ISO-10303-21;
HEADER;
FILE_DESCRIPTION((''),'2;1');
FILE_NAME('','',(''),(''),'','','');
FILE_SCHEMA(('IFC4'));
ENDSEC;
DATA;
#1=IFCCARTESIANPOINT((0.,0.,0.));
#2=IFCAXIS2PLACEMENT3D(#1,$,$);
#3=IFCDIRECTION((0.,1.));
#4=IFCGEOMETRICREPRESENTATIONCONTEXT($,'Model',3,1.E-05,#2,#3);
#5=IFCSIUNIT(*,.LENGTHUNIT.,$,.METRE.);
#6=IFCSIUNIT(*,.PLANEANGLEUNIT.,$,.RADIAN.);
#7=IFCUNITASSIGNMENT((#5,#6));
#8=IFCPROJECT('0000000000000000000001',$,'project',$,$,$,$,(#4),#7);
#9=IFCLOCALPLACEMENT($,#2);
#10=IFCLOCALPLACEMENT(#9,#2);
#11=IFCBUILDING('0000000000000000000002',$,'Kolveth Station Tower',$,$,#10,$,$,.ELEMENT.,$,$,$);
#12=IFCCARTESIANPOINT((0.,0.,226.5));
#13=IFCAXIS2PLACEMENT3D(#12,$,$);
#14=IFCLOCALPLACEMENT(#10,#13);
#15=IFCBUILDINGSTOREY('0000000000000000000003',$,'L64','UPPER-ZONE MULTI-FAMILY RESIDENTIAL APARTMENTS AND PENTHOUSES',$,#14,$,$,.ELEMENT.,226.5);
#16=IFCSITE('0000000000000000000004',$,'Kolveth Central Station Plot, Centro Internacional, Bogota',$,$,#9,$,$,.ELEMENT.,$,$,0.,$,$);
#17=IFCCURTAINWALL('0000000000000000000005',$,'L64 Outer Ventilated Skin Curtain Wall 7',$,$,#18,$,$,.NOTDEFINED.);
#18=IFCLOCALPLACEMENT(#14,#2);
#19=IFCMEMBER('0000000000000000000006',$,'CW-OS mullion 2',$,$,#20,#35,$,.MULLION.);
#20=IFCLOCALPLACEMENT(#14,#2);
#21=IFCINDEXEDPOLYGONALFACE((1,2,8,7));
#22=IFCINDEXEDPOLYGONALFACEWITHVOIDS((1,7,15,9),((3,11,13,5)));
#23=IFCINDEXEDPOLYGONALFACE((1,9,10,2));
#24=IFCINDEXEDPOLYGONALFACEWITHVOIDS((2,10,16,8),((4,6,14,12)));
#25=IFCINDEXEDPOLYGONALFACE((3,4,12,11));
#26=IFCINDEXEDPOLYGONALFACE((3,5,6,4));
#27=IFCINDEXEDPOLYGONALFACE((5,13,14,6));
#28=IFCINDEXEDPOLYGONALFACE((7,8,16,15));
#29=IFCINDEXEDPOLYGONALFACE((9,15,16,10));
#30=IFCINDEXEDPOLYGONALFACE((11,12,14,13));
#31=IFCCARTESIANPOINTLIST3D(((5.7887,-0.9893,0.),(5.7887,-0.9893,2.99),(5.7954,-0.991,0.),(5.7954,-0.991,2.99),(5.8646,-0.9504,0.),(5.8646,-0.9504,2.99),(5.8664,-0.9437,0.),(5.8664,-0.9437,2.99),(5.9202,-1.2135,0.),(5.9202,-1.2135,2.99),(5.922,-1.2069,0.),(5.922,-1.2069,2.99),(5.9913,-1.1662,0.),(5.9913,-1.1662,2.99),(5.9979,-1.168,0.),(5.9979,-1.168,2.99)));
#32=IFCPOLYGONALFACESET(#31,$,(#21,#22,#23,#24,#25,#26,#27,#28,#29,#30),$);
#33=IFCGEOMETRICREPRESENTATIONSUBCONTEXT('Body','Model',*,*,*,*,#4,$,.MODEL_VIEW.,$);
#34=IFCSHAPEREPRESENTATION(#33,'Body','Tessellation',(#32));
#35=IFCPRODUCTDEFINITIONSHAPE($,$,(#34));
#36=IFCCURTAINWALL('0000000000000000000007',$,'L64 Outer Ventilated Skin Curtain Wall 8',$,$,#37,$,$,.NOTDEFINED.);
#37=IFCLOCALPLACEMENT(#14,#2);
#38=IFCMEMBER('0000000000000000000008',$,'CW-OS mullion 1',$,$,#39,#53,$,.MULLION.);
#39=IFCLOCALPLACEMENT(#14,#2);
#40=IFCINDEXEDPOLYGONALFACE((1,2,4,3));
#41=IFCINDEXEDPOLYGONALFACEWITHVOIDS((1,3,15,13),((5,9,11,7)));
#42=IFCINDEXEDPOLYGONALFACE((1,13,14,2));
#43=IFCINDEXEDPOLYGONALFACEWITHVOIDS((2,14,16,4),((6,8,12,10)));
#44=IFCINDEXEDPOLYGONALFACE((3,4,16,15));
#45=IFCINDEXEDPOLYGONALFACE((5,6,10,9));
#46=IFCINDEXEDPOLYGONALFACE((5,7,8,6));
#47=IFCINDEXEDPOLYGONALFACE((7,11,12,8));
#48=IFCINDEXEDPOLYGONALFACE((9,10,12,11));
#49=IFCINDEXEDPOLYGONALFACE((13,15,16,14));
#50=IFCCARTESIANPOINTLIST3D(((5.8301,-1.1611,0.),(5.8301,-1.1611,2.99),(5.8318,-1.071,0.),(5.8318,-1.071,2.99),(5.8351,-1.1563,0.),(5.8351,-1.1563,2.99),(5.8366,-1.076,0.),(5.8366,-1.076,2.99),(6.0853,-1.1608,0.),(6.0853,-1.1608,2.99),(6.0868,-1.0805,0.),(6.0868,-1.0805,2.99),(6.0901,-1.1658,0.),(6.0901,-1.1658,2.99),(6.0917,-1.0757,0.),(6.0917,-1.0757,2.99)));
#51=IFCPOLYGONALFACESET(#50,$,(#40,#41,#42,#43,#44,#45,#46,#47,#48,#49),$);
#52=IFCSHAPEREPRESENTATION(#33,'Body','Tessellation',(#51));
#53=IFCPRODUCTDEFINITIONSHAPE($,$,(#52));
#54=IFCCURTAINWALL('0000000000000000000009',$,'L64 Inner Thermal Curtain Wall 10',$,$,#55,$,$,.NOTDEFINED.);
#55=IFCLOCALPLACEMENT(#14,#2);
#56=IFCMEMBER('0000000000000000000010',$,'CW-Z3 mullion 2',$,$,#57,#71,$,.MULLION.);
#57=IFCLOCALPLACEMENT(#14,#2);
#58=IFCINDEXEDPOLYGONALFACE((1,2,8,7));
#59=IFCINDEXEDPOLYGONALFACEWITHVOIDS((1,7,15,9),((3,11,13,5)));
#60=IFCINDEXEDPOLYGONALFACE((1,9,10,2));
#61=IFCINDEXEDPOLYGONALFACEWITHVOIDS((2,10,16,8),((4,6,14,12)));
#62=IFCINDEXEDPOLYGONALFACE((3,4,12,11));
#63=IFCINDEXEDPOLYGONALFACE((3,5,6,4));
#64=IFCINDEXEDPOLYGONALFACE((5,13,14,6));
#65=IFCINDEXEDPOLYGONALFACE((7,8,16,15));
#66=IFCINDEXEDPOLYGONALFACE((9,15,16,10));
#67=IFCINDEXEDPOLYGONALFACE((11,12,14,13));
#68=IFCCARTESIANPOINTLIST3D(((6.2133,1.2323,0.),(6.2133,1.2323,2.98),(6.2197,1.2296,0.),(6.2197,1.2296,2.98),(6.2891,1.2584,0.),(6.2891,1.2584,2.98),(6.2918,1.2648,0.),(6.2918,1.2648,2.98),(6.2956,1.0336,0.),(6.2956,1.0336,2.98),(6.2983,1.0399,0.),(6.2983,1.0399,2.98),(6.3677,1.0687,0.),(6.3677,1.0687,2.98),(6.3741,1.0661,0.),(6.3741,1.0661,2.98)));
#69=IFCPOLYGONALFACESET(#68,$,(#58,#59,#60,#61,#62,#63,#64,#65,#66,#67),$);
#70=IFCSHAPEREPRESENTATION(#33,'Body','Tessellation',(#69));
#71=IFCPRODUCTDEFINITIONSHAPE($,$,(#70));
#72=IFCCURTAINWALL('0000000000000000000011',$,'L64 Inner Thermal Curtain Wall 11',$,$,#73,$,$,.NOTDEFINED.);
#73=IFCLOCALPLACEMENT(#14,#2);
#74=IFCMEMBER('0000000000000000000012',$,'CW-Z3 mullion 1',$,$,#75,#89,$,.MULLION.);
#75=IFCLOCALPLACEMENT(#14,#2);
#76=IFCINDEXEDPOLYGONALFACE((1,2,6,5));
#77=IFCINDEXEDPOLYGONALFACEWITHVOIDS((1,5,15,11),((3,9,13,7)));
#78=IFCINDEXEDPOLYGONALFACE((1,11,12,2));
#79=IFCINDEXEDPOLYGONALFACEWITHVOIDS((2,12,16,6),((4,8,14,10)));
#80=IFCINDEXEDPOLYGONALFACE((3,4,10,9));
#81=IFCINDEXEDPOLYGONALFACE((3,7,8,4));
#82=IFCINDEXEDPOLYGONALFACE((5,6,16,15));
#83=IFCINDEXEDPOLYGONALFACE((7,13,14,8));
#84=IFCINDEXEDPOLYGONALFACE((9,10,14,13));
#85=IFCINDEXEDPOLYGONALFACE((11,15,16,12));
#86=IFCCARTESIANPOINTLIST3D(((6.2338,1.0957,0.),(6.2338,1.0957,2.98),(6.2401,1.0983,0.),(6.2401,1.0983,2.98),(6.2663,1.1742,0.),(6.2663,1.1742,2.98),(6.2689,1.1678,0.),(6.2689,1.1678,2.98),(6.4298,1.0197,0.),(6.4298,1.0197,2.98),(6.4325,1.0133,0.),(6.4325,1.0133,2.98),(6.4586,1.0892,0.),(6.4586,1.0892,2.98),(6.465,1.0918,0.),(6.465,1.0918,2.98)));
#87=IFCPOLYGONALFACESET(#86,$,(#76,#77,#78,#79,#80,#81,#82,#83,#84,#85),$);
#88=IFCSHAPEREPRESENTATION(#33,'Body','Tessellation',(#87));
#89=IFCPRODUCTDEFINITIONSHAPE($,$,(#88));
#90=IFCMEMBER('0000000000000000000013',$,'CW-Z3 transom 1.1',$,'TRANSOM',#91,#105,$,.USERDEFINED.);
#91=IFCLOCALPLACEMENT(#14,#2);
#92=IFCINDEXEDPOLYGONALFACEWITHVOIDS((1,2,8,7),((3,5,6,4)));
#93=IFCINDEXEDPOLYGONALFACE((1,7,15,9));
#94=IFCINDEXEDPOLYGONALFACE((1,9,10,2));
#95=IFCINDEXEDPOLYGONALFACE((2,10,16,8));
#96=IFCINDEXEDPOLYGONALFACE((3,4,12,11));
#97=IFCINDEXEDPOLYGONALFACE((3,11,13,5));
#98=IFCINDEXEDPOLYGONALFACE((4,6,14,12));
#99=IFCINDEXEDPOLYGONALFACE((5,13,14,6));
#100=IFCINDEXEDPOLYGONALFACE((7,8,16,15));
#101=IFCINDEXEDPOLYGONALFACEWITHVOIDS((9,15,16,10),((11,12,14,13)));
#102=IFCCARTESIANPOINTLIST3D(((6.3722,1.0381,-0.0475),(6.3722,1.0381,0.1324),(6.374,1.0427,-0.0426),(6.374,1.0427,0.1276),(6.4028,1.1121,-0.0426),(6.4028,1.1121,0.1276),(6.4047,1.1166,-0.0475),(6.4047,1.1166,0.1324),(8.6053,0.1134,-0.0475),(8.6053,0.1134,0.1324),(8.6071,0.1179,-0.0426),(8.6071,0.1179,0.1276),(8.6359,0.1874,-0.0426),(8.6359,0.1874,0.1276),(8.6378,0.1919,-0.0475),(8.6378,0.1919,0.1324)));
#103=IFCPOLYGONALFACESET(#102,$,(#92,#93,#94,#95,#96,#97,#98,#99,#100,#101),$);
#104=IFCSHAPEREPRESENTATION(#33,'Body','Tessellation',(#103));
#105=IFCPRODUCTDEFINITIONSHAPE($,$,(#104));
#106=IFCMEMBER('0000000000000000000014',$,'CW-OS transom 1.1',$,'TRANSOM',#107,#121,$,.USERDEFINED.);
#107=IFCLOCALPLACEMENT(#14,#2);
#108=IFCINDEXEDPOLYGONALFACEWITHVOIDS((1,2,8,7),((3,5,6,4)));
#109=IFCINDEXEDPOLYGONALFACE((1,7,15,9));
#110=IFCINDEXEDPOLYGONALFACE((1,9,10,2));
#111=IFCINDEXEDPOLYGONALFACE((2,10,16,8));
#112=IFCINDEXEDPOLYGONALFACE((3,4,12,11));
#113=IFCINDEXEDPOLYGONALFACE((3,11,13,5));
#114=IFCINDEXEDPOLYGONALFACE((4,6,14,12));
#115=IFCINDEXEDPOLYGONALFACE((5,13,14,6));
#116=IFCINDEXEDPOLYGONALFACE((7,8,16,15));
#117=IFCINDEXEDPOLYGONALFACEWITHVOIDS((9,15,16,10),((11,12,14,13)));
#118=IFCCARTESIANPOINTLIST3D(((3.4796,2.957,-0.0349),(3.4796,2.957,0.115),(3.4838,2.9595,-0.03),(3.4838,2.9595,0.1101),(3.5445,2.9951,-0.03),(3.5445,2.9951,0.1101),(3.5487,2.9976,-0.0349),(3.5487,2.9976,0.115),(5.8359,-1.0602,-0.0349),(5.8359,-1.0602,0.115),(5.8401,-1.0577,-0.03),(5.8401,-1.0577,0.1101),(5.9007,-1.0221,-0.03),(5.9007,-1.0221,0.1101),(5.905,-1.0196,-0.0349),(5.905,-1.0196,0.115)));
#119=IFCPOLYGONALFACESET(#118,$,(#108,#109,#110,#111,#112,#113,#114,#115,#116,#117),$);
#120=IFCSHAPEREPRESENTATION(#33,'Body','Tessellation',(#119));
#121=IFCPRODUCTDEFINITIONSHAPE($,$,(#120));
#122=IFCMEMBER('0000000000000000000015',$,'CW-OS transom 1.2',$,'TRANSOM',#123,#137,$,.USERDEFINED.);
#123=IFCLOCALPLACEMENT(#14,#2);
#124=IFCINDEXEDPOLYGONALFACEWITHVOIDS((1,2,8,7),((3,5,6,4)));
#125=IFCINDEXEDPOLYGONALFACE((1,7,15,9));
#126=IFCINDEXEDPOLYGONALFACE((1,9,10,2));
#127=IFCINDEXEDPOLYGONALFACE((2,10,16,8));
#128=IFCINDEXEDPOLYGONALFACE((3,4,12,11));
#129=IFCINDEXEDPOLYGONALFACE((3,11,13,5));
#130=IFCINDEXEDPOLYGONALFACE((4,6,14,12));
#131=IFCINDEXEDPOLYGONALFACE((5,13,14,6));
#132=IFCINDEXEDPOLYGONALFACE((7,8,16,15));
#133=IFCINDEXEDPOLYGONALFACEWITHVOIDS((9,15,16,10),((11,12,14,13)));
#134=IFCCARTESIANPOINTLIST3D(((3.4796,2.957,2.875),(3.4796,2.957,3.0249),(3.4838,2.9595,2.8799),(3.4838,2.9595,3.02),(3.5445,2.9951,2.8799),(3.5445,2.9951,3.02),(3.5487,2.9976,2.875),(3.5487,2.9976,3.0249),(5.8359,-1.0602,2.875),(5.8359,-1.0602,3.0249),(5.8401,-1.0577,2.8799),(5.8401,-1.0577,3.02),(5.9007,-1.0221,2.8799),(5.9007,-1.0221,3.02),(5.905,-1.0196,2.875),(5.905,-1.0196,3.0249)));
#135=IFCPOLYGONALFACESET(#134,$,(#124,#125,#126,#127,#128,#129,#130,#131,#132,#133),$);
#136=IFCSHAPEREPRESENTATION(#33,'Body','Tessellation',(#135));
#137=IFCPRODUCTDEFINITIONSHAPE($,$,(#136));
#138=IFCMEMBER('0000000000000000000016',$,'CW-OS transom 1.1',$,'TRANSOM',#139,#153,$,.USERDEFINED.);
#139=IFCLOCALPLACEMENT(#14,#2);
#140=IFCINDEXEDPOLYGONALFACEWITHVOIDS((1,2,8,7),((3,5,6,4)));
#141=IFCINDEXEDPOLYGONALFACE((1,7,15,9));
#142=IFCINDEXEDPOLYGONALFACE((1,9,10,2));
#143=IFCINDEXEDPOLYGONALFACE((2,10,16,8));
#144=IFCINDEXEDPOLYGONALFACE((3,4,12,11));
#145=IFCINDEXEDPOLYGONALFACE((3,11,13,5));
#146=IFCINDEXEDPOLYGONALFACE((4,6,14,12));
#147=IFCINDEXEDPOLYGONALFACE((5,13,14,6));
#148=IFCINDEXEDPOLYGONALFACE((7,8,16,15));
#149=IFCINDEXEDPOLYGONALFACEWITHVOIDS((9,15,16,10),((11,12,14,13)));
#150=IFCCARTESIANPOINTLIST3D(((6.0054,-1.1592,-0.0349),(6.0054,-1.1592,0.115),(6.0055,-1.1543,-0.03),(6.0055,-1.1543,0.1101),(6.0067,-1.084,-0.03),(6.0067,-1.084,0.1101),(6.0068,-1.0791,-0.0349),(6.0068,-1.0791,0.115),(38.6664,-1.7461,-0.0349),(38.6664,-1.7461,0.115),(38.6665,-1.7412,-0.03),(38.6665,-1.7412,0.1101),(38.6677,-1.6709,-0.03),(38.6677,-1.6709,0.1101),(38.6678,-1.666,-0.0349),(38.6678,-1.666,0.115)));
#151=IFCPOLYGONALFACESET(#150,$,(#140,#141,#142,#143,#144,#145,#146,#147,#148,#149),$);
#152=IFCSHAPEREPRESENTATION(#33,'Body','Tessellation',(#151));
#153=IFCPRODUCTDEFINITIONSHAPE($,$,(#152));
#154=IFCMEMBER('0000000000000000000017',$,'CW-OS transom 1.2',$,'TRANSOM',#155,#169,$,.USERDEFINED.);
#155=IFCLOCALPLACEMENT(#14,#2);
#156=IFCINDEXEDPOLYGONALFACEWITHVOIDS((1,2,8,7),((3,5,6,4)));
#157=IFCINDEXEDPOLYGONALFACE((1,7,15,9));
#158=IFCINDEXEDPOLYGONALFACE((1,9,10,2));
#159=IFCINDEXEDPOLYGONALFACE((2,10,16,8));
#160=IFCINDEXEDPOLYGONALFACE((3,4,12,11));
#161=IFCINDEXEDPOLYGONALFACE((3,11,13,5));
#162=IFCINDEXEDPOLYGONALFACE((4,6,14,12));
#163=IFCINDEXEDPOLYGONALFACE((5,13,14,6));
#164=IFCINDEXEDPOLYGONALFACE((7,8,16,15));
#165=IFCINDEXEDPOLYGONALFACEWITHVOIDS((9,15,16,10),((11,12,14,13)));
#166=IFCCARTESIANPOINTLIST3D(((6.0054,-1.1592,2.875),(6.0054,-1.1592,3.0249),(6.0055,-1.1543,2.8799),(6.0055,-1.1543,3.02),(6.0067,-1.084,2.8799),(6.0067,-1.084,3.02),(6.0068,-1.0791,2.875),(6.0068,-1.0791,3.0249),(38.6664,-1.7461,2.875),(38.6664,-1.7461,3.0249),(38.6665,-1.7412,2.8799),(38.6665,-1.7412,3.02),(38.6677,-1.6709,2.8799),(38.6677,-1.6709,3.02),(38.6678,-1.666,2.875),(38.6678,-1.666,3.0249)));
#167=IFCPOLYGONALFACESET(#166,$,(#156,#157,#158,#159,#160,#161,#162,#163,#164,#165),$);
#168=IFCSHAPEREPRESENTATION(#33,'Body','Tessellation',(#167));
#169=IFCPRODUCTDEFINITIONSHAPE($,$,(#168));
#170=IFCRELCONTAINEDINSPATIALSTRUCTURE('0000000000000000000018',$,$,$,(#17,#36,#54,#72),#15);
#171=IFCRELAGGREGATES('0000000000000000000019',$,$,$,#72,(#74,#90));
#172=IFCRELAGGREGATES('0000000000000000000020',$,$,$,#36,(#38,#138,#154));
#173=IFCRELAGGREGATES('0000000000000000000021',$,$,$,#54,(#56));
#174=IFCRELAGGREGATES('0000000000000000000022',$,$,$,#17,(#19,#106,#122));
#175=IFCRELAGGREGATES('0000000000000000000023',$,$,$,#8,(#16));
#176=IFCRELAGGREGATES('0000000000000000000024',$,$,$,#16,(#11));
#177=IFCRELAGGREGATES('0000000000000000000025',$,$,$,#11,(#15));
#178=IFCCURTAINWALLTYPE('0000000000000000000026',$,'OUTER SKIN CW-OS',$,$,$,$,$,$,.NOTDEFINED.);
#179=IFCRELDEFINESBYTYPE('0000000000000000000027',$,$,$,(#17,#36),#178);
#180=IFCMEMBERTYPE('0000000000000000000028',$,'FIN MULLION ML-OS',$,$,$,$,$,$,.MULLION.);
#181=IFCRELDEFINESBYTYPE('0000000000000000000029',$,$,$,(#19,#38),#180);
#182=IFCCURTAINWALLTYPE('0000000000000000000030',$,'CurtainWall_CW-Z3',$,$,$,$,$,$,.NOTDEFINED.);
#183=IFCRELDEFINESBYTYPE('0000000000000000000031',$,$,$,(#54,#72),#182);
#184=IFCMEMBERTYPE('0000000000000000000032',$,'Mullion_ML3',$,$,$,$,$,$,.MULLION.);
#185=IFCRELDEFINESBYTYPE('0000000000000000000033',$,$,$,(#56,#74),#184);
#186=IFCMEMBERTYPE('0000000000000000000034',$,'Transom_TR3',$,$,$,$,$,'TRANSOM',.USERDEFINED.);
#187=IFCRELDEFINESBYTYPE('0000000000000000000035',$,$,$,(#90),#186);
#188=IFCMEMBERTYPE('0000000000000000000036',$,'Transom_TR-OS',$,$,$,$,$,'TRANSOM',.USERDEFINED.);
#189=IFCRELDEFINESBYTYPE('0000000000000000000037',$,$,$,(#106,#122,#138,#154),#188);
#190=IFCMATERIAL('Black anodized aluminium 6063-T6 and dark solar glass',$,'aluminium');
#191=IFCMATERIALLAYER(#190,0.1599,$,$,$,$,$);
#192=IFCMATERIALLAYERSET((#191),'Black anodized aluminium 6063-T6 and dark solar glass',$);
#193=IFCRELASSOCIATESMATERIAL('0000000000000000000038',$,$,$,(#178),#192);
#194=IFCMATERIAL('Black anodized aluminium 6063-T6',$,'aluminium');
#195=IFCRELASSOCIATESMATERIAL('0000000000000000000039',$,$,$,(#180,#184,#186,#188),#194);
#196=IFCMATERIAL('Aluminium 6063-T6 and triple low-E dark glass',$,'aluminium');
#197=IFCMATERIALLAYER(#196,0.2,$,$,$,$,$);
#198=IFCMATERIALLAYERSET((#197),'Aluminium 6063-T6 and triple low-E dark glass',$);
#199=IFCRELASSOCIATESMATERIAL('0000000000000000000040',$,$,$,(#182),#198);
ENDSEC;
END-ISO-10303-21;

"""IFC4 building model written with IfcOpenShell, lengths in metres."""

from ifc_helpers import new_model, si_unit, direction, frame, origin, origin_2d, place, context, subcontext, project, spatial, hollow_rectangle, extrude, source, transform, mapped, material, layer, layer_set, material_profile, profile_set, type_object, element, aggregate, save


model = new_model("IFC4")

# Units and contexts
model_context = context("Model", 3, precision=1e-05, world=origin(), true_north=direction((0.0, 1.0)))
body_context = subcontext(model_context, "Body", "Model", "MODEL_VIEW")
ifc_project = project(units=[si_unit("LENGTHUNIT", "METRE"), si_unit("PLANEANGLEUNIT", "RADIAN")], contexts=[model_context])

# Site, building, storey
site_placement = place(None, origin())
site = spatial("IfcSite", under=ifc_project, at=site_placement, Name="Kolveth Central Station Plot, Centro Internacional, Bogota", CompositionType="ELEMENT", RefElevation=0.0)
building_placement = place(site_placement, origin())
building = spatial("IfcBuilding", under=site, at=building_placement, Name="Kolveth Station Tower", CompositionType="ELEMENT")
storey_placement = place(building_placement, frame((0.0, 0.0, 226.5)))
storey = spatial("IfcBuildingStorey", under=building, at=storey_placement, Name="L64", Description="UPPER-ZONE MULTI-FAMILY RESIDENTIAL APARTMENTS AND PENTHOUSES", CompositionType="ELEMENT", Elevation=226.5)

# Curtain walls, members
ifc_material_1 = material(Name="Black anodized aluminium 6063-T6 and dark solar glass", Category="aluminium")
ifc_layer_1 = layer(ifc_material_1, 0.1599)
ifc_layer_set_1 = layer_set([ifc_layer_1], Name="Black anodized aluminium 6063-T6 and dark solar glass")
curtain_wall_type_1 = type_object("IfcCurtainWallType", Name="OUTER SKIN CW-OS", PredefinedType="NOTDEFINED", material=ifc_layer_set_1)
curtain_wall_1_placement = place(storey_placement, origin())
curtain_wall_1 = element("IfcCurtainWall", 1, at=curtain_wall_1_placement, inside=storey, type_object=curtain_wall_type_1, Name="L64 Outer Ventilated Skin Curtain Wall 7", PredefinedType="NOTDEFINED")
ifc_material_2 = material(Name="Black anodized aluminium 6063-T6", Category="aluminium")
ifc_material_profile_1 = material_profile(ifc_material_2, hollow_rectangle(XDim=0.0901, YDim=0.26, WallThickness=0.0049, at=origin_2d()), Name="ALU-90x260x5")
ifc_profile_set_1 = profile_set([ifc_material_profile_1], Name="Black anodized aluminium 6063-T6")
member_type_1 = type_object("IfcMemberType", Name="FIN MULLION ML-OS", PredefinedType="MULLION", material=ifc_profile_set_1)
shared_shape_1 = source(origin(), body_context, "Body", "SweptSolid", [
    extrude(hollow_rectangle(XDim=0.0901, YDim=0.26, WallThickness=0.0049, at=origin_2d()), origin(), (0.0, 0.0, 1.0), 2.99),
])
member_1_placement = place(storey_placement, frame((5.8933, -1.0786, 0.0), z_axis=(0.0, 0.0, 1.0), x_axis=(0.862562, 0.505952, 0.0)))
member_1 = element("IfcMember", 2, at=member_1_placement, type_object=member_type_1, Name="CW-OS mullion 2", PredefinedType="MULLION", context=body_context, shape_type="MappedRepresentation", body=[
    mapped(shared_shape_1, transform((0.0, 0.0, 0.0), x_axis=(1.0, 0.0, 0.0), y_axis=(0.0, 1.0, 0.0), z_axis=(0.0, 0.0, 1.0), scale=1.0)),
])
curtain_wall_2_placement = place(storey_placement, origin())
curtain_wall_2 = element("IfcCurtainWall", 3, at=curtain_wall_2_placement, inside=storey, type_object=curtain_wall_type_1, Name="L64 Outer Ventilated Skin Curtain Wall 8", PredefinedType="NOTDEFINED")
member_2_placement = place(storey_placement, frame((5.9609, -1.1184, 0.0), z_axis=(0.0, 0.0, 1.0), x_axis=(0.017969, 0.999839, 0.0)))
member_2 = element("IfcMember", 4, at=member_2_placement, type_object=member_type_1, Name="CW-OS mullion 1", PredefinedType="MULLION", context=body_context, shape_type="MappedRepresentation", body=[
    mapped(shared_shape_1, transform((0.0, 0.0, 0.0), x_axis=(1.0, 0.0, 0.0), y_axis=(0.0, 1.0, 0.0), z_axis=(0.0, 0.0, 1.0), scale=1.0)),
])
ifc_material_3 = material(Name="Aluminium 6063-T6 and triple low-E dark glass", Category="aluminium")
ifc_layer_2 = layer(ifc_material_3, 0.2)
ifc_layer_set_2 = layer_set([ifc_layer_2], Name="Aluminium 6063-T6 and triple low-E dark glass")
curtain_wall_type_2 = type_object("IfcCurtainWallType", Name="CurtainWall_CW-Z3", PredefinedType="NOTDEFINED", material=ifc_layer_set_2)
curtain_wall_3_placement = place(storey_placement, origin())
curtain_wall_3 = element("IfcCurtainWall", 5, at=curtain_wall_3_placement, inside=storey, type_object=curtain_wall_type_2, Name="L64 Inner Thermal Curtain Wall 10", PredefinedType="NOTDEFINED")
ifc_material_profile_2 = material_profile(ifc_material_2, hollow_rectangle(XDim=0.085, YDim=0.2151, WallThickness=0.0049, at=origin_2d()), Name="ALU-85x215x5")
ifc_profile_set_2 = profile_set([ifc_material_profile_2], Name="Black anodized aluminium 6063-T6")
member_type_2 = type_object("IfcMemberType", Name="Mullion_ML3", PredefinedType="MULLION", material=ifc_profile_set_2)
shared_shape_2 = source(origin(), body_context, "Body", "SweptSolid", [
    extrude(hollow_rectangle(XDim=0.085, YDim=0.2151, WallThickness=0.0049, at=origin_2d()), origin(), (0.0, 0.0, 1.0), 2.98),
])
member_3_placement = place(storey_placement, frame((6.2937, 1.1492, 0.0), z_axis=(0.0, 0.0, 1.0), x_axis=(0.923875, 0.382693, 0.0)))
member_3 = element("IfcMember", 6, at=member_3_placement, type_object=member_type_2, Name="CW-Z3 mullion 2", PredefinedType="MULLION", context=body_context, shape_type="MappedRepresentation", body=[
    mapped(shared_shape_2, transform((0.0, 0.0, 0.0), x_axis=(1.0, 0.0, 0.0), y_axis=(0.0, 1.0, 0.0), z_axis=(0.0, 0.0, 1.0), scale=1.0)),
])

# Curtain wall, members
curtain_wall_4_placement = place(storey_placement, origin())
curtain_wall_4 = element("IfcCurtainWall", 7, at=curtain_wall_4_placement, inside=storey, type_object=curtain_wall_type_2, Name="L64 Inner Thermal Curtain Wall 11", PredefinedType="NOTDEFINED")
member_4_placement = place(storey_placement, frame((6.3494, 1.0938, 0.0), z_axis=(0.0, 0.0, 1.0), x_axis=(0.382693, 0.923875, 0.0)))
member_4 = element("IfcMember", 8, at=member_4_placement, type_object=member_type_2, Name="CW-Z3 mullion 1", PredefinedType="MULLION", context=body_context, shape_type="MappedRepresentation", body=[
    mapped(shared_shape_2, transform((0.0, 0.0, 0.0), x_axis=(1.0, 0.0, 0.0), y_axis=(0.0, 1.0, 0.0), z_axis=(0.0, 0.0, 1.0), scale=1.0)),
])
ifc_material_profile_3 = material_profile(ifc_material_2, hollow_rectangle(XDim=0.085, YDim=0.1799, WallThickness=0.0049, at=origin_2d()), Name="ALU-85x180x5")
ifc_profile_set_3 = profile_set([ifc_material_profile_3], Name="Black anodized aluminium 6063-T6")
member_type_3 = type_object("IfcMemberType", Name="Transom_TR3", ElementType="TRANSOM", PredefinedType="USERDEFINED", material=ifc_profile_set_3)
shared_shape_3 = source(origin(), body_context, "Body", "SweptSolid", [
    extrude(hollow_rectangle(XDim=0.085, YDim=0.1799, WallThickness=0.0049, at=origin_2d()), origin(), (0.0, 0.0, 1.0), 2.417),
])
member_5_placement = place(storey_placement, frame((6.3884, 1.0774, 0.0425), z_axis=(0.923909, -0.382613, 0.0), x_axis=(0.382613, 0.923909, 0.0)))
member_5 = element("IfcMember", 9, at=member_5_placement, type_object=member_type_3, Name="CW-Z3 transom 1.1", ObjectType="TRANSOM", PredefinedType="USERDEFINED", context=body_context, shape_type="MappedRepresentation", body=[
    mapped(shared_shape_3, transform((0.0, 0.0, 0.0), x_axis=(1.0, 0.0, 0.0), y_axis=(0.0, 1.0, 0.0), z_axis=(0.0, 0.0, 1.0), scale=1.0)),
])
aggregate(curtain_wall_4, [member_4, member_5])

# Members
ifc_material_profile_4 = material_profile(ifc_material_2, hollow_rectangle(XDim=0.0801, YDim=0.1499, WallThickness=0.0049, at=origin_2d()), Name="ALU-80x150x5")
ifc_profile_set_4 = profile_set([ifc_material_profile_4], Name="Black anodized aluminium 6063-T6")
member_type_4 = type_object("IfcMemberType", Name="Transom_TR-OS", ElementType="TRANSOM", PredefinedType="USERDEFINED", material=ifc_profile_set_4)
shared_shape_4 = source(origin(), body_context, "Body", "SweptSolid", [
    extrude(hollow_rectangle(XDim=0.0801, YDim=0.1499, WallThickness=0.0049, at=origin_2d()), origin(), (0.0, 0.0, 1.0), 4.6572),
])
member_6_placement = place(storey_placement, frame((3.5142, 2.9773, 0.04), z_axis=(0.505936, -0.862571, 0.0), x_axis=(0.862571, 0.505936, 0.0)))
member_6 = element("IfcMember", 10, at=member_6_placement, type_object=member_type_4, Name="CW-OS transom 1.1", ObjectType="TRANSOM", PredefinedType="USERDEFINED", context=body_context, shape_type="MappedRepresentation", body=[
    mapped(shared_shape_4, transform((0.0, 0.0, 0.0), x_axis=(1.0, 0.0, 0.0), y_axis=(0.0, 1.0, 0.0), z_axis=(0.0, 0.0, 1.0), scale=1.0)),
])
member_7_placement = place(storey_placement, frame((3.5142, 2.9773, 2.95), z_axis=(0.505936, -0.862571, 0.0), x_axis=(0.862571, 0.505936, 0.0)))
member_7 = element("IfcMember", 11, at=member_7_placement, type_object=member_type_4, Name="CW-OS transom 1.2", ObjectType="TRANSOM", PredefinedType="USERDEFINED", context=body_context, shape_type="MappedRepresentation", body=[
    mapped(shared_shape_4, transform((0.0, 0.0, 0.0), x_axis=(1.0, 0.0, 0.0), y_axis=(0.0, 1.0, 0.0), z_axis=(0.0, 0.0, 1.0), scale=1.0)),
])
shared_shape_5 = source(origin(), body_context, "Body", "SweptSolid", [
    extrude(hollow_rectangle(XDim=0.0801, YDim=0.1499, WallThickness=0.0049, at=origin_2d()), origin(), (0.0, 0.0, 1.0), 32.6663),
])
member_8_placement = place(storey_placement, frame((6.0061, -1.1191, 0.04), z_axis=(0.999839, -0.017967, 0.0), x_axis=(0.017967, 0.999839, 0.0)))
member_8 = element("IfcMember", 12, at=member_8_placement, type_object=member_type_4, Name="CW-OS transom 1.1", ObjectType="TRANSOM", PredefinedType="USERDEFINED", context=body_context, shape_type="MappedRepresentation", body=[
    mapped(shared_shape_5, transform((0.0, 0.0, 0.0), x_axis=(1.0, 0.0, 0.0), y_axis=(0.0, 1.0, 0.0), z_axis=(0.0, 0.0, 1.0), scale=1.0)),
])
member_9_placement = place(storey_placement, frame((6.0061, -1.1191, 2.95), z_axis=(0.999839, -0.017967, 0.0), x_axis=(0.017967, 0.999839, 0.0)))
member_9 = element("IfcMember", 13, at=member_9_placement, type_object=member_type_4, Name="CW-OS transom 1.2", ObjectType="TRANSOM", PredefinedType="USERDEFINED", context=body_context, shape_type="MappedRepresentation", body=[
    mapped(shared_shape_5, transform((0.0, 0.0, 0.0), x_axis=(1.0, 0.0, 0.0), y_axis=(0.0, 1.0, 0.0), z_axis=(0.0, 0.0, 1.0), scale=1.0)),
])
aggregate(curtain_wall_2, [member_2, member_8, member_9])

aggregate(curtain_wall_3, [member_3])
aggregate(curtain_wall_1, [member_1, member_6, member_7])

save(model, "model.ifc")
